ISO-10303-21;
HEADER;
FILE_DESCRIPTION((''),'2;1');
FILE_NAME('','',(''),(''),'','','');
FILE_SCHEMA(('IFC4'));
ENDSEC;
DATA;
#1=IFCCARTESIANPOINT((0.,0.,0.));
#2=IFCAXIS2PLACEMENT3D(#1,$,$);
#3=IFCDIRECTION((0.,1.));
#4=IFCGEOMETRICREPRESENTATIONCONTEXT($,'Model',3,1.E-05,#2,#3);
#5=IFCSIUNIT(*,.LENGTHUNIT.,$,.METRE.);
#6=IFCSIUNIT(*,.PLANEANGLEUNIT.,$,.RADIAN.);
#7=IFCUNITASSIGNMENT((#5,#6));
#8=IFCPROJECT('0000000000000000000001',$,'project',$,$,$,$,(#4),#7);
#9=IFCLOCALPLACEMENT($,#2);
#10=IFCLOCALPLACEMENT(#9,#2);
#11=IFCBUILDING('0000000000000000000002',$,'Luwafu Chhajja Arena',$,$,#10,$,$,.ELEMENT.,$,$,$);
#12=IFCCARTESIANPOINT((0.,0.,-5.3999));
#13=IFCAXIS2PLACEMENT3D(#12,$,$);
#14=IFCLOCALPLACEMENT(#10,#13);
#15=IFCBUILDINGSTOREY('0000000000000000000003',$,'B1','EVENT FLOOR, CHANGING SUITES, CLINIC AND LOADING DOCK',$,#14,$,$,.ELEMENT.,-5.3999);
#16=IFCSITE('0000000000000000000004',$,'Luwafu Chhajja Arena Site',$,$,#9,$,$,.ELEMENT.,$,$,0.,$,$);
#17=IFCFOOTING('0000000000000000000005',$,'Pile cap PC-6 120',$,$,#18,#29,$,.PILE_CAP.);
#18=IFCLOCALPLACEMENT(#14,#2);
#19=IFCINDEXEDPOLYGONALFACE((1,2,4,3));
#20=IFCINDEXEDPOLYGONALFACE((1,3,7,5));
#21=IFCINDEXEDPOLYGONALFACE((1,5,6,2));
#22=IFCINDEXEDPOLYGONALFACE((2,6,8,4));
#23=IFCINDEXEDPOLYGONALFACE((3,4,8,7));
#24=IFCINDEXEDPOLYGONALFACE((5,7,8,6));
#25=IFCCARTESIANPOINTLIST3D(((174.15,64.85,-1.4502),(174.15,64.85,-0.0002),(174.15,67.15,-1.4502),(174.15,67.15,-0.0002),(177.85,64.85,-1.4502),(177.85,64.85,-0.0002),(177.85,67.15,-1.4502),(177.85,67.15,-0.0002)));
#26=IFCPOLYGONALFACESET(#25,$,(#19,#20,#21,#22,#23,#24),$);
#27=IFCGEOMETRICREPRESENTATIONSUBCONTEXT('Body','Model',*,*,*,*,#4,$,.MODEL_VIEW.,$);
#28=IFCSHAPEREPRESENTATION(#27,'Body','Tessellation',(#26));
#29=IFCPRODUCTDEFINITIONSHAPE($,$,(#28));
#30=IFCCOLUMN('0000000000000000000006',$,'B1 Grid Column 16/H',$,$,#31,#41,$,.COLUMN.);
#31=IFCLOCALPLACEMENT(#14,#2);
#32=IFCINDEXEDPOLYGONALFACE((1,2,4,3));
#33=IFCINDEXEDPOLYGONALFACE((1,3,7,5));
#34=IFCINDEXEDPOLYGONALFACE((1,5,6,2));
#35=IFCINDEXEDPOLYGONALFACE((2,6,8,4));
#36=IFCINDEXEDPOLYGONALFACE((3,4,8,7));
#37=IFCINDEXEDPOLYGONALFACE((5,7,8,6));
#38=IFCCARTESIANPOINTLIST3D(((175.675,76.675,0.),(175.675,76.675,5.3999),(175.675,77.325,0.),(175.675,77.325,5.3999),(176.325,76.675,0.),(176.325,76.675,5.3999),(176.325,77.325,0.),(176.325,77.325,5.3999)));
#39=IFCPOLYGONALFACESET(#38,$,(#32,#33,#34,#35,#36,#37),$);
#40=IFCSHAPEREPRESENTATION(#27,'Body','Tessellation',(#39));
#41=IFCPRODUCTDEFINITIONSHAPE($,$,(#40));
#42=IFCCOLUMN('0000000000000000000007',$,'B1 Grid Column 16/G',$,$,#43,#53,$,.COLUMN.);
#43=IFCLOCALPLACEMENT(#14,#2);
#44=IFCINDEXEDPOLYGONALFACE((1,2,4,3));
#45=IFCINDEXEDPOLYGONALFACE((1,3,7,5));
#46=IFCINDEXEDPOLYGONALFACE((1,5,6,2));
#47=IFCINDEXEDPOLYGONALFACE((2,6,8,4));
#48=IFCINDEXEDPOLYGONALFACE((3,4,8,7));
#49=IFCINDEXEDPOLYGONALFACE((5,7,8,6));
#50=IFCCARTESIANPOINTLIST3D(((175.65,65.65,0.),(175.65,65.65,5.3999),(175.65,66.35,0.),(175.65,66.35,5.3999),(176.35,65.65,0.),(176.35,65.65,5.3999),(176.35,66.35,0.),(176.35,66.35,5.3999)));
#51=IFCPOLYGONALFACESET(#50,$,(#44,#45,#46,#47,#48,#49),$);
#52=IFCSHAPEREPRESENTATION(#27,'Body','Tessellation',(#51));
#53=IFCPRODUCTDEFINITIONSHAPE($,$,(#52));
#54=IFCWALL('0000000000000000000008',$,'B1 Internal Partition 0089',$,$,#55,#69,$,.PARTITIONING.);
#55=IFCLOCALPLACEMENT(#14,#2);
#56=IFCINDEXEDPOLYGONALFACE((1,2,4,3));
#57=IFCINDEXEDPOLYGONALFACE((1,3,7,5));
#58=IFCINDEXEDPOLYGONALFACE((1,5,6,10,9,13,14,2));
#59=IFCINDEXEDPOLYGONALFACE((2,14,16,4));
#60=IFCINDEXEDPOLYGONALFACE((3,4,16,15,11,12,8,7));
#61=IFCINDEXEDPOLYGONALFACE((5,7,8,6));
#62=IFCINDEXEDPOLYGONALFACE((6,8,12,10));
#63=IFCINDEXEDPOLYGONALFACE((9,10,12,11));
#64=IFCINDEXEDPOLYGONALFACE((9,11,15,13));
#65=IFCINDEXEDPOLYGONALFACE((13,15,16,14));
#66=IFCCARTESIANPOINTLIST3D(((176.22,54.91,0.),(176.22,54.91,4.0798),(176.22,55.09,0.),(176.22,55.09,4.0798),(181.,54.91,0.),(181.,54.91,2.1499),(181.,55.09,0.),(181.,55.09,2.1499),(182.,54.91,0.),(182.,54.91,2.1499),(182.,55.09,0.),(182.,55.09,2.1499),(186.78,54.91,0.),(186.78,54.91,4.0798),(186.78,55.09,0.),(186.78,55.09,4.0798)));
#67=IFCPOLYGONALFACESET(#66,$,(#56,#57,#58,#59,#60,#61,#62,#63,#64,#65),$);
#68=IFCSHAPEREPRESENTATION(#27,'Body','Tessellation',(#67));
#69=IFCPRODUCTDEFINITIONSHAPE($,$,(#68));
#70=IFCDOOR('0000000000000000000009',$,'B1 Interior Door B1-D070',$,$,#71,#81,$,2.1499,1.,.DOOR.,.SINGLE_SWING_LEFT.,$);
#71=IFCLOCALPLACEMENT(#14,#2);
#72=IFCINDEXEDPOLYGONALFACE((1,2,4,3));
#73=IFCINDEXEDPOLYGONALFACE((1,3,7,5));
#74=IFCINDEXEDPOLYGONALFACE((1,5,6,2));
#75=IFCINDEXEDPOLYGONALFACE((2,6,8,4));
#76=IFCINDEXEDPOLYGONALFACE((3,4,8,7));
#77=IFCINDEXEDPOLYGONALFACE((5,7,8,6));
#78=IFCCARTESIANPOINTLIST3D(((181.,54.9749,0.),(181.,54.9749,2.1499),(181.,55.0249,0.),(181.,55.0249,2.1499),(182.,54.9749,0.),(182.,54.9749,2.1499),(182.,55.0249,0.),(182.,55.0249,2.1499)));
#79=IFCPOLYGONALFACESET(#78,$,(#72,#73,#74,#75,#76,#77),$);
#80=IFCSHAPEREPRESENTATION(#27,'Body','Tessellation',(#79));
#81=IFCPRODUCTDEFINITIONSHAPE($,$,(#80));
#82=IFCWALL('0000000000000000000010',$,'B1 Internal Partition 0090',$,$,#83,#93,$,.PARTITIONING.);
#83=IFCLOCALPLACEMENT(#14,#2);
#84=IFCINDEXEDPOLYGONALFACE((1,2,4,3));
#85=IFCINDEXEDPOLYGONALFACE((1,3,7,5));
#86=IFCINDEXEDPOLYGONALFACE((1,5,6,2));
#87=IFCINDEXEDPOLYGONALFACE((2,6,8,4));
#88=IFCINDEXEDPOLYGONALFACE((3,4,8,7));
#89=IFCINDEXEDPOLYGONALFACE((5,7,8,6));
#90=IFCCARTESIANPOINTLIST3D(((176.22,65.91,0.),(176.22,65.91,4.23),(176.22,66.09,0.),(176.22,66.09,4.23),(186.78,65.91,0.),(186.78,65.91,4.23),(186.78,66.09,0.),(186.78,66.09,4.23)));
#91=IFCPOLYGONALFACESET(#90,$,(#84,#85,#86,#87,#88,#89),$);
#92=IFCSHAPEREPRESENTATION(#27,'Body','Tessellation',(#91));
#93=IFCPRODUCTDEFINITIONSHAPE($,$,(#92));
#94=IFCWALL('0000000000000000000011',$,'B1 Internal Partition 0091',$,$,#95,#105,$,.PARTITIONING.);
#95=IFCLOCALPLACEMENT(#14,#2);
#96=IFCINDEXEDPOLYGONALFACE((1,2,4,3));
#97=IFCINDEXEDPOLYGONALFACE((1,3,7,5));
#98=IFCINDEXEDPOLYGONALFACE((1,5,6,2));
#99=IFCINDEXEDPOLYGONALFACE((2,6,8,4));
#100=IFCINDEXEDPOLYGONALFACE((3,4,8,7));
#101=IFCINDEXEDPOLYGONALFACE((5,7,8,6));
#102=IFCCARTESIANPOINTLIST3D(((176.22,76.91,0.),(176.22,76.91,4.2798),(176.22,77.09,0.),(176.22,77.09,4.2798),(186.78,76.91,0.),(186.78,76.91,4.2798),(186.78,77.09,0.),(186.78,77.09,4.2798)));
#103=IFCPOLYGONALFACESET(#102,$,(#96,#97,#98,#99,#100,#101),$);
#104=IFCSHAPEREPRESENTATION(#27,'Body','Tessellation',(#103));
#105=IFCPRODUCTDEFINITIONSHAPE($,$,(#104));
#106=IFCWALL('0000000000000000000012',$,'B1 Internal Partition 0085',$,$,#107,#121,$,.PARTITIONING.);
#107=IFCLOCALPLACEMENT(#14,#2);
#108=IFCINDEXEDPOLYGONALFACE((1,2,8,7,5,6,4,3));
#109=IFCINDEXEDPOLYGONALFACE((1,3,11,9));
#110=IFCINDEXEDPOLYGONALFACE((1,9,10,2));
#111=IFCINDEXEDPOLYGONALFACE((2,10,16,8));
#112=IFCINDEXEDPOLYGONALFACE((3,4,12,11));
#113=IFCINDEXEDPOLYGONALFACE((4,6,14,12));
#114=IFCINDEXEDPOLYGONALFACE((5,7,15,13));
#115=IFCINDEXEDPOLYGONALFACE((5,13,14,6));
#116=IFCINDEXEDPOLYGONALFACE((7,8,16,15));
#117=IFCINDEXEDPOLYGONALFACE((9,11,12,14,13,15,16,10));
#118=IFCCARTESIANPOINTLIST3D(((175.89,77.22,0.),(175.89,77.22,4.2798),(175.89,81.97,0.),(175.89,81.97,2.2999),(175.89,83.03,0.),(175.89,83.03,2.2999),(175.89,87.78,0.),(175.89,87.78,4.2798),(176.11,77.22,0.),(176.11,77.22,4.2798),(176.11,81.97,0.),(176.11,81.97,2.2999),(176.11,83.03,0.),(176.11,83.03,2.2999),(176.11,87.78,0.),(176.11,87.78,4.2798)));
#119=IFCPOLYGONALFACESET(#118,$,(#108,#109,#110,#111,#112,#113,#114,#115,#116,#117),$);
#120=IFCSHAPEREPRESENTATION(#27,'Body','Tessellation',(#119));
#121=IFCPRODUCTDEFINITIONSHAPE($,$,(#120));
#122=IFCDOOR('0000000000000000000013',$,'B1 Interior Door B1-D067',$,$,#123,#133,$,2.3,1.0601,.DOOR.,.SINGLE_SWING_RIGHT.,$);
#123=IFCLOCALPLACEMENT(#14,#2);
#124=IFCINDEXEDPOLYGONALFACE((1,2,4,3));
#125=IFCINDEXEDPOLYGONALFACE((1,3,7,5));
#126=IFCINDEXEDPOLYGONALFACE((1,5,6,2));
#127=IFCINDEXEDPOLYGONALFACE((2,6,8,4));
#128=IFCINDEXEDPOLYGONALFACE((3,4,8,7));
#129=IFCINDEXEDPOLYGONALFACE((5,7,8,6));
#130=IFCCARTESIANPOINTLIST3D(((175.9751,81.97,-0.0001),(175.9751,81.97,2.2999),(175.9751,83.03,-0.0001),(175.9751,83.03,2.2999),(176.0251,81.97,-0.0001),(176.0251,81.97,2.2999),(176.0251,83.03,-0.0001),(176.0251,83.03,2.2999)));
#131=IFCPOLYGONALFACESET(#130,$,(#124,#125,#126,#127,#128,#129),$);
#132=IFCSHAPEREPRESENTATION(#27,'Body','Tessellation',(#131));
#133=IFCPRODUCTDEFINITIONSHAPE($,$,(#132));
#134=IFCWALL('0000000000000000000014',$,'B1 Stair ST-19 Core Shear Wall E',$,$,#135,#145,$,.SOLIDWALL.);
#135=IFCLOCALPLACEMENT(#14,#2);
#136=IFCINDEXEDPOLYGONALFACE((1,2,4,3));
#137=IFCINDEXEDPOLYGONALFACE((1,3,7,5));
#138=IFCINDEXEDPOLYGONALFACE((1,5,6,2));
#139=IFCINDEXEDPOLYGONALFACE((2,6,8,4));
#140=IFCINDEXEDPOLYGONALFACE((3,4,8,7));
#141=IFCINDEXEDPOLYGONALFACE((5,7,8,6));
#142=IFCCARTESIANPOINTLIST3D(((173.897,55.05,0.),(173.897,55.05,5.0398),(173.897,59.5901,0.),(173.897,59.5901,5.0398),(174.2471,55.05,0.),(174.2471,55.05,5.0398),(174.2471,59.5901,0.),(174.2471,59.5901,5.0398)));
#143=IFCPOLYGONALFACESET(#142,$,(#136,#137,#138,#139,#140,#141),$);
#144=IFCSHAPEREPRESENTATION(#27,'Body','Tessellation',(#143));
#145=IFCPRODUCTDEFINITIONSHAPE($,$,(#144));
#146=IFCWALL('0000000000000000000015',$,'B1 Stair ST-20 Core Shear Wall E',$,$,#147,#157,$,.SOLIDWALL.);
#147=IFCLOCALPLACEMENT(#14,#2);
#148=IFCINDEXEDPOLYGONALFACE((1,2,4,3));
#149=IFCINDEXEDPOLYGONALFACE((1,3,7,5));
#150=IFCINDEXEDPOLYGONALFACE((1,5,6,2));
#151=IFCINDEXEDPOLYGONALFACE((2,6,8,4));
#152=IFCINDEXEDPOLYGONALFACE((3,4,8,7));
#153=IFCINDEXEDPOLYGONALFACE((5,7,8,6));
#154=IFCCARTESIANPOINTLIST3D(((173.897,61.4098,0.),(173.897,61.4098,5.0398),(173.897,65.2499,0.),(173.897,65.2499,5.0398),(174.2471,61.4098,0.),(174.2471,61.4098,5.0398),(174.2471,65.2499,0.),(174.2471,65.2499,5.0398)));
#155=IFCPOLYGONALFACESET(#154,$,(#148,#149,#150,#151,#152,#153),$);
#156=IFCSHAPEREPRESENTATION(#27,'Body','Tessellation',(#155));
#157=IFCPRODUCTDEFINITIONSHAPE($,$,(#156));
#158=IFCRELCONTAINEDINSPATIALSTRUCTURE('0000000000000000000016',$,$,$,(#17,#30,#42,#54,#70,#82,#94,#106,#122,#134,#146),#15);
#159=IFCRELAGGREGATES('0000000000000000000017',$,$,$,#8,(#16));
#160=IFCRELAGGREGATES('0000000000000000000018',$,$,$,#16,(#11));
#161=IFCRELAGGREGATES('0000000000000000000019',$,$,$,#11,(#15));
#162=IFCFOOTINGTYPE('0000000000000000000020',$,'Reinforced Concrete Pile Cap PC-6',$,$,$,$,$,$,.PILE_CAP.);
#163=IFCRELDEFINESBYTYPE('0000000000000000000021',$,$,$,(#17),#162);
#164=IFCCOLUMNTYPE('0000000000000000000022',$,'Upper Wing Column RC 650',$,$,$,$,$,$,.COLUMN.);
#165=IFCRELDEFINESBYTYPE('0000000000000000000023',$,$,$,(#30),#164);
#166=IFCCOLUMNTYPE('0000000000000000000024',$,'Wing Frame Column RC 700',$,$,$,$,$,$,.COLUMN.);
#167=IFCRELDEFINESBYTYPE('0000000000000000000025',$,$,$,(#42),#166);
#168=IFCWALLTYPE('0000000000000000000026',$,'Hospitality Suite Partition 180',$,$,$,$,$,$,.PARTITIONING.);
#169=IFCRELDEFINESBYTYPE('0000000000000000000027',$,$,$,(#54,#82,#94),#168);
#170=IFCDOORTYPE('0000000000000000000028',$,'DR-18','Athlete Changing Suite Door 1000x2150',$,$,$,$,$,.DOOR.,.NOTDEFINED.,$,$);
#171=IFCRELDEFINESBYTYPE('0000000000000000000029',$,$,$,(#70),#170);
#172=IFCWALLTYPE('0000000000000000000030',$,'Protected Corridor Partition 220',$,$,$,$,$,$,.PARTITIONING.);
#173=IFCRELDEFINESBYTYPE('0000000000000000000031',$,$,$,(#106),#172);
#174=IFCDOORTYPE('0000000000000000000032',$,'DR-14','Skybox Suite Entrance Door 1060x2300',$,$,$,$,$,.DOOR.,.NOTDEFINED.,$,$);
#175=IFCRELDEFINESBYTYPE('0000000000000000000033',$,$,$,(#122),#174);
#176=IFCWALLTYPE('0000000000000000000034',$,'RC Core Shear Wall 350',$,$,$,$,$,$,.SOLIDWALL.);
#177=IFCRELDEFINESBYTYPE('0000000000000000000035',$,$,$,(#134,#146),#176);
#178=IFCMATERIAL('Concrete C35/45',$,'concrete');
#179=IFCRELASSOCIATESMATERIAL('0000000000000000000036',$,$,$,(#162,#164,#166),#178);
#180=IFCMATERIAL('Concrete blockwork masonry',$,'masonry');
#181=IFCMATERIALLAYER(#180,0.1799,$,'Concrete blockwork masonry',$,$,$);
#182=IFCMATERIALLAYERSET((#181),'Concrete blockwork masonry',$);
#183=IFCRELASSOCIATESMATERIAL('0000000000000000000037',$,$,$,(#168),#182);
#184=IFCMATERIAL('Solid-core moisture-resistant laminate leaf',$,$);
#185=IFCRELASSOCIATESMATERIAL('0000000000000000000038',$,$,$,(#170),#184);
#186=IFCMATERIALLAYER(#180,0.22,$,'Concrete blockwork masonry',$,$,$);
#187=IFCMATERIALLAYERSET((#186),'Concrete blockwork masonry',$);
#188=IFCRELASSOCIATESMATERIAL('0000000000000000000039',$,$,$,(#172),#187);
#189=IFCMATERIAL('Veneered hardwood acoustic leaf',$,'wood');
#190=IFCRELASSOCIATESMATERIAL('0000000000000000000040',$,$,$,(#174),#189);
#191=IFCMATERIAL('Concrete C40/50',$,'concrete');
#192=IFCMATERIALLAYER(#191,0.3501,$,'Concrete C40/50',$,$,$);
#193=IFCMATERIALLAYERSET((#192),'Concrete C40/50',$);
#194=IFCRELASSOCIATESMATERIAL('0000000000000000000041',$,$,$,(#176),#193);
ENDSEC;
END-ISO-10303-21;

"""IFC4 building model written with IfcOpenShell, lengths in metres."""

from ifc_helpers import new_model, si_unit, direction, frame, frame_2d, origin, origin_2d, place, context, subcontext, project, spatial, rectangle, extrude, material, layer, layer_set, material_profile, profile_set, type_object, element, fill, save


model = new_model("IFC4")

# Units and contexts
model_context = context("Model", 3, precision=1e-05, world=origin(), true_north=direction((0.0, 1.0)))
body_context = subcontext(model_context, "Body", "Model", "MODEL_VIEW")
ifc_project = project(units=[si_unit("LENGTHUNIT", "METRE"), si_unit("PLANEANGLEUNIT", "RADIAN")], contexts=[model_context])

# Site, building, storey
site_placement = place(None, origin())
site = spatial("IfcSite", under=ifc_project, at=site_placement, Name="Luwafu Chhajja Arena Site", CompositionType="ELEMENT", RefElevation=0.0)
building_placement = place(site_placement, origin())
building = spatial("IfcBuilding", under=site, at=building_placement, Name="Luwafu Chhajja Arena", CompositionType="ELEMENT")
storey_placement = place(building_placement, frame((0.0, 0.0, -5.3999)))
storey = spatial("IfcBuildingStorey", under=building, at=storey_placement, Name="B1", Description="EVENT FLOOR, CHANGING SUITES, CLINIC AND LOADING DOCK", CompositionType="ELEMENT", Elevation=-5.3999)

# Shared definitions
ifc_material_1 = material(Name="Concrete C35/45", Category="concrete")

# Footing
footing_type_1 = type_object("IfcFootingType", Name="Reinforced Concrete Pile Cap PC-6", PredefinedType="PILE_CAP", material=ifc_material_1)
footing_1_placement = place(storey_placement, frame((176.0, 66.0, -1.4502), z_axis=(0.0, 0.0, 1.0), x_axis=(1.0, 0.0, 0.0)))
element("IfcFooting", 1, at=footing_1_placement, inside=storey, type_object=footing_type_1, Name="Pile cap PC-6 120", PredefinedType="PILE_CAP", context=body_context, shape_type="SweptSolid", body=[
    extrude(rectangle(XDim=3.7, YDim=2.3, at=origin_2d()), origin(), (0.0, 0.0, 1.0), 1.45),
])

# Columns
ifc_material_profile_1 = material_profile(ifc_material_1, rectangle(XDim=0.6499, YDim=0.6499, at=origin_2d()), Name="RC 650x650")
ifc_profile_set_1 = profile_set([ifc_material_profile_1], Name="Concrete C35/45")
column_type_1 = type_object("IfcColumnType", Name="Upper Wing Column RC 650", PredefinedType="COLUMN", material=ifc_profile_set_1)
column_1_placement = place(storey_placement, frame((176.0, 77.0, 0.0), z_axis=(0.0, 0.0, 1.0), x_axis=(1.0, 0.0, 0.0)))
element("IfcColumn", 2, at=column_1_placement, inside=storey, type_object=column_type_1, Name="B1 Grid Column 16/H", PredefinedType="COLUMN", context=body_context, shape_type="SweptSolid", body=[
    extrude(rectangle(XDim=0.6499, YDim=0.6499, at=origin_2d()), origin(), (0.0, 0.0, 1.0), 5.3999),
])
ifc_material_profile_2 = material_profile(ifc_material_1, rectangle(XDim=0.7, YDim=0.7, at=origin_2d()), Name="RC 700x700")
ifc_profile_set_2 = profile_set([ifc_material_profile_2], Name="Concrete C35/45")
column_type_2 = type_object("IfcColumnType", Name="Wing Frame Column RC 700", PredefinedType="COLUMN", material=ifc_profile_set_2)
column_2_placement = place(storey_placement, frame((176.0, 66.0, 0.0), z_axis=(0.0, 0.0, 1.0), x_axis=(1.0, 0.0, 0.0)))
element("IfcColumn", 3, at=column_2_placement, inside=storey, type_object=column_type_2, Name="B1 Grid Column 16/G", PredefinedType="COLUMN", context=body_context, shape_type="SweptSolid", body=[
    extrude(rectangle(XDim=0.7, YDim=0.7, at=origin_2d()), origin(), (0.0, 0.0, 1.0), 5.3999),
])

# Wall, opening, door
ifc_material_2 = material(Name="Concrete blockwork masonry", Category="masonry")
ifc_layer_1 = layer(ifc_material_2, 0.1799, Name="Concrete blockwork masonry")
ifc_layer_set_1 = layer_set([ifc_layer_1], Name="Concrete blockwork masonry")
wall_type_1 = type_object("IfcWallType", Name="Hospitality Suite Partition 180", PredefinedType="PARTITIONING", material=ifc_layer_set_1)
wall_1_placement = place(storey_placement, frame((176.22, 55.0, 0.0), z_axis=(0.0, 0.0, 1.0), x_axis=(1.0, 0.0, 0.0)))
wall_1 = element("IfcWall", 4, at=wall_1_placement, inside=storey, type_object=wall_type_1, Name="B1 Internal Partition 0089", PredefinedType="PARTITIONING", context=body_context, shape_type="SweptSolid", body=[
    extrude(rectangle(XDim=10.5601, YDim=0.1799, at=frame_2d((5.28, 0.0))), origin(), (0.0, 0.0, 1.0), 4.0798),
])
opening_1_placement = place(wall_1_placement, frame((4.78, 0.0, 0.0)))
opening_1 = element("IfcOpeningElement", 5, at=opening_1_placement, cuts=wall_1, PredefinedType="OPENING", context=body_context, shape_type="SweptSolid", body=[
    extrude(rectangle(XDim=1.0, YDim=2.1499, at=frame_2d((0.5, 1.075))), frame((0.0, 0.0999, 0.0), z_axis=(0.0, -1.0, 0.0), x_axis=(1.0, 0.0, 0.0)), (0.0, 0.0, 1.0), 0.2),
])
ifc_material_3 = material(Name="Solid-core moisture-resistant laminate leaf")
door_type_1 = type_object("IfcDoorType", Name="DR-18", Description="Athlete Changing Suite Door 1000x2150", OperationType="NOTDEFINED", PredefinedType="DOOR", material=ifc_material_3)
door_1_placement = place(opening_1_placement, origin())
door_1 = element("IfcDoor", 6, at=door_1_placement, inside=storey, type_object=door_type_1, Name="B1 Interior Door B1-D070", OperationType="SINGLE_SWING_LEFT", OverallHeight=2.1499, OverallWidth=1.0, PredefinedType="DOOR", context=body_context, shape_type="SweptSolid", body=[
    extrude(rectangle(XDim=1.0, YDim=2.1499, at=frame_2d((0.5, 1.075))), frame((0.0, 0.0249, 0.0), z_axis=(0.0, -1.0, 0.0), x_axis=(1.0, 0.0, 0.0)), (0.0, 0.0, 1.0), 0.05),
])
fill(opening_1, door_1)

# Walls
wall_2_placement = place(storey_placement, frame((176.22, 66.0, 0.0), z_axis=(0.0, 0.0, 1.0), x_axis=(1.0, 0.0, 0.0)))
element("IfcWall", 7, at=wall_2_placement, inside=storey, type_object=wall_type_1, Name="B1 Internal Partition 0090", PredefinedType="PARTITIONING", context=body_context, shape_type="SweptSolid", body=[
    extrude(rectangle(XDim=10.5601, YDim=0.1799, at=frame_2d((5.28, 0.0))), origin(), (0.0, 0.0, 1.0), 4.23),
])
wall_3_placement = place(storey_placement, frame((176.22, 77.0, 0.0), z_axis=(0.0, 0.0, 1.0), x_axis=(1.0, 0.0, 0.0)))
element("IfcWall", 8, at=wall_3_placement, inside=storey, type_object=wall_type_1, Name="B1 Internal Partition 0091", PredefinedType="PARTITIONING", context=body_context, shape_type="SweptSolid", body=[
    extrude(rectangle(XDim=10.5601, YDim=0.1799, at=frame_2d((5.28, 0.0))), origin(), (0.0, 0.0, 1.0), 4.2798),
])

# Wall, opening, door
ifc_layer_2 = layer(ifc_material_2, 0.22, Name="Concrete blockwork masonry")
ifc_layer_set_2 = layer_set([ifc_layer_2], Name="Concrete blockwork masonry")
wall_type_2 = type_object("IfcWallType", Name="Protected Corridor Partition 220", PredefinedType="PARTITIONING", material=ifc_layer_set_2)
wall_4_placement = place(storey_placement, frame((176.0, 77.22, 0.0), z_axis=(0.0, 0.0, 1.0), x_axis=(0.0, 1.0, 0.0)))
wall_4 = element("IfcWall", 9, at=wall_4_placement, inside=storey, type_object=wall_type_2, Name="B1 Internal Partition 0085", PredefinedType="PARTITIONING", context=body_context, shape_type="SweptSolid", body=[
    extrude(rectangle(XDim=10.5601, YDim=0.22, at=frame_2d((5.28, 0.0))), origin(), (0.0, 0.0, 1.0), 4.2798),
])
opening_2_placement = place(wall_4_placement, frame((4.75, 0.0, 0.0)))
opening_2 = element("IfcOpeningElement", 10, at=opening_2_placement, cuts=wall_4, PredefinedType="OPENING", context=body_context, shape_type="SweptSolid", body=[
    extrude(rectangle(XDim=1.0601, YDim=2.3, at=frame_2d((0.53, 1.1499))), frame((0.0, 0.1199, 0.0), z_axis=(0.0, -1.0, 0.0), x_axis=(1.0, 0.0, 0.0)), (0.0, 0.0, 1.0), 0.24),
])
ifc_material_4 = material(Name="Veneered hardwood acoustic leaf", Category="wood")
door_type_2 = type_object("IfcDoorType", Name="DR-14", Description="Skybox Suite Entrance Door 1060x2300", OperationType="NOTDEFINED", PredefinedType="DOOR", material=ifc_material_4)
door_2_placement = place(opening_2_placement, origin())
door_2 = element("IfcDoor", 11, at=door_2_placement, inside=storey, type_object=door_type_2, Name="B1 Interior Door B1-D067", OperationType="SINGLE_SWING_RIGHT", OverallHeight=2.3, OverallWidth=1.0601, PredefinedType="DOOR", context=body_context, shape_type="SweptSolid", body=[
    extrude(rectangle(XDim=1.0601, YDim=2.3, at=frame_2d((0.53, 1.1499))), frame((0.0, 0.0249, 0.0), z_axis=(0.0, -1.0, 0.0), x_axis=(1.0, 0.0, 0.0)), (0.0, 0.0, 1.0), 0.05),
])
fill(opening_2, door_2)

# Walls
ifc_material_5 = material(Name="Concrete C40/50", Category="concrete")
ifc_layer_3 = layer(ifc_material_5, 0.3501, Name="Concrete C40/50")
ifc_layer_set_3 = layer_set([ifc_layer_3], Name="Concrete C40/50")
wall_type_3 = type_object("IfcWallType", Name="RC Core Shear Wall 350", PredefinedType="SOLIDWALL", material=ifc_layer_set_3)
wall_5_placement = place(storey_placement, frame((174.072, 55.05, 0.0), z_axis=(0.0, 0.0, 1.0), x_axis=(0.0, 1.0, 0.0)))
element("IfcWall", 12, at=wall_5_placement, inside=storey, type_object=wall_type_3, Name="B1 Stair ST-19 Core Shear Wall E", PredefinedType="SOLIDWALL", context=body_context, shape_type="SweptSolid", body=[
    extrude(rectangle(XDim=4.54, YDim=0.3501, at=frame_2d((2.27, 0.0))), origin(), (0.0, 0.0, 1.0), 5.0398),
])
wall_6_placement = place(storey_placement, frame((174.072, 61.4099, 0.0), z_axis=(0.0, 0.0, 1.0), x_axis=(0.0, 1.0, 0.0)))
element("IfcWall", 13, at=wall_6_placement, inside=storey, type_object=wall_type_3, Name="B1 Stair ST-20 Core Shear Wall E", PredefinedType="SOLIDWALL", context=body_context, shape_type="SweptSolid", body=[
    extrude(rectangle(XDim=3.8401, YDim=0.3501, at=frame_2d((1.9199, 0.0))), origin(), (0.0, 0.0, 1.0), 5.0398),
])

save(model, "model.ifc")
